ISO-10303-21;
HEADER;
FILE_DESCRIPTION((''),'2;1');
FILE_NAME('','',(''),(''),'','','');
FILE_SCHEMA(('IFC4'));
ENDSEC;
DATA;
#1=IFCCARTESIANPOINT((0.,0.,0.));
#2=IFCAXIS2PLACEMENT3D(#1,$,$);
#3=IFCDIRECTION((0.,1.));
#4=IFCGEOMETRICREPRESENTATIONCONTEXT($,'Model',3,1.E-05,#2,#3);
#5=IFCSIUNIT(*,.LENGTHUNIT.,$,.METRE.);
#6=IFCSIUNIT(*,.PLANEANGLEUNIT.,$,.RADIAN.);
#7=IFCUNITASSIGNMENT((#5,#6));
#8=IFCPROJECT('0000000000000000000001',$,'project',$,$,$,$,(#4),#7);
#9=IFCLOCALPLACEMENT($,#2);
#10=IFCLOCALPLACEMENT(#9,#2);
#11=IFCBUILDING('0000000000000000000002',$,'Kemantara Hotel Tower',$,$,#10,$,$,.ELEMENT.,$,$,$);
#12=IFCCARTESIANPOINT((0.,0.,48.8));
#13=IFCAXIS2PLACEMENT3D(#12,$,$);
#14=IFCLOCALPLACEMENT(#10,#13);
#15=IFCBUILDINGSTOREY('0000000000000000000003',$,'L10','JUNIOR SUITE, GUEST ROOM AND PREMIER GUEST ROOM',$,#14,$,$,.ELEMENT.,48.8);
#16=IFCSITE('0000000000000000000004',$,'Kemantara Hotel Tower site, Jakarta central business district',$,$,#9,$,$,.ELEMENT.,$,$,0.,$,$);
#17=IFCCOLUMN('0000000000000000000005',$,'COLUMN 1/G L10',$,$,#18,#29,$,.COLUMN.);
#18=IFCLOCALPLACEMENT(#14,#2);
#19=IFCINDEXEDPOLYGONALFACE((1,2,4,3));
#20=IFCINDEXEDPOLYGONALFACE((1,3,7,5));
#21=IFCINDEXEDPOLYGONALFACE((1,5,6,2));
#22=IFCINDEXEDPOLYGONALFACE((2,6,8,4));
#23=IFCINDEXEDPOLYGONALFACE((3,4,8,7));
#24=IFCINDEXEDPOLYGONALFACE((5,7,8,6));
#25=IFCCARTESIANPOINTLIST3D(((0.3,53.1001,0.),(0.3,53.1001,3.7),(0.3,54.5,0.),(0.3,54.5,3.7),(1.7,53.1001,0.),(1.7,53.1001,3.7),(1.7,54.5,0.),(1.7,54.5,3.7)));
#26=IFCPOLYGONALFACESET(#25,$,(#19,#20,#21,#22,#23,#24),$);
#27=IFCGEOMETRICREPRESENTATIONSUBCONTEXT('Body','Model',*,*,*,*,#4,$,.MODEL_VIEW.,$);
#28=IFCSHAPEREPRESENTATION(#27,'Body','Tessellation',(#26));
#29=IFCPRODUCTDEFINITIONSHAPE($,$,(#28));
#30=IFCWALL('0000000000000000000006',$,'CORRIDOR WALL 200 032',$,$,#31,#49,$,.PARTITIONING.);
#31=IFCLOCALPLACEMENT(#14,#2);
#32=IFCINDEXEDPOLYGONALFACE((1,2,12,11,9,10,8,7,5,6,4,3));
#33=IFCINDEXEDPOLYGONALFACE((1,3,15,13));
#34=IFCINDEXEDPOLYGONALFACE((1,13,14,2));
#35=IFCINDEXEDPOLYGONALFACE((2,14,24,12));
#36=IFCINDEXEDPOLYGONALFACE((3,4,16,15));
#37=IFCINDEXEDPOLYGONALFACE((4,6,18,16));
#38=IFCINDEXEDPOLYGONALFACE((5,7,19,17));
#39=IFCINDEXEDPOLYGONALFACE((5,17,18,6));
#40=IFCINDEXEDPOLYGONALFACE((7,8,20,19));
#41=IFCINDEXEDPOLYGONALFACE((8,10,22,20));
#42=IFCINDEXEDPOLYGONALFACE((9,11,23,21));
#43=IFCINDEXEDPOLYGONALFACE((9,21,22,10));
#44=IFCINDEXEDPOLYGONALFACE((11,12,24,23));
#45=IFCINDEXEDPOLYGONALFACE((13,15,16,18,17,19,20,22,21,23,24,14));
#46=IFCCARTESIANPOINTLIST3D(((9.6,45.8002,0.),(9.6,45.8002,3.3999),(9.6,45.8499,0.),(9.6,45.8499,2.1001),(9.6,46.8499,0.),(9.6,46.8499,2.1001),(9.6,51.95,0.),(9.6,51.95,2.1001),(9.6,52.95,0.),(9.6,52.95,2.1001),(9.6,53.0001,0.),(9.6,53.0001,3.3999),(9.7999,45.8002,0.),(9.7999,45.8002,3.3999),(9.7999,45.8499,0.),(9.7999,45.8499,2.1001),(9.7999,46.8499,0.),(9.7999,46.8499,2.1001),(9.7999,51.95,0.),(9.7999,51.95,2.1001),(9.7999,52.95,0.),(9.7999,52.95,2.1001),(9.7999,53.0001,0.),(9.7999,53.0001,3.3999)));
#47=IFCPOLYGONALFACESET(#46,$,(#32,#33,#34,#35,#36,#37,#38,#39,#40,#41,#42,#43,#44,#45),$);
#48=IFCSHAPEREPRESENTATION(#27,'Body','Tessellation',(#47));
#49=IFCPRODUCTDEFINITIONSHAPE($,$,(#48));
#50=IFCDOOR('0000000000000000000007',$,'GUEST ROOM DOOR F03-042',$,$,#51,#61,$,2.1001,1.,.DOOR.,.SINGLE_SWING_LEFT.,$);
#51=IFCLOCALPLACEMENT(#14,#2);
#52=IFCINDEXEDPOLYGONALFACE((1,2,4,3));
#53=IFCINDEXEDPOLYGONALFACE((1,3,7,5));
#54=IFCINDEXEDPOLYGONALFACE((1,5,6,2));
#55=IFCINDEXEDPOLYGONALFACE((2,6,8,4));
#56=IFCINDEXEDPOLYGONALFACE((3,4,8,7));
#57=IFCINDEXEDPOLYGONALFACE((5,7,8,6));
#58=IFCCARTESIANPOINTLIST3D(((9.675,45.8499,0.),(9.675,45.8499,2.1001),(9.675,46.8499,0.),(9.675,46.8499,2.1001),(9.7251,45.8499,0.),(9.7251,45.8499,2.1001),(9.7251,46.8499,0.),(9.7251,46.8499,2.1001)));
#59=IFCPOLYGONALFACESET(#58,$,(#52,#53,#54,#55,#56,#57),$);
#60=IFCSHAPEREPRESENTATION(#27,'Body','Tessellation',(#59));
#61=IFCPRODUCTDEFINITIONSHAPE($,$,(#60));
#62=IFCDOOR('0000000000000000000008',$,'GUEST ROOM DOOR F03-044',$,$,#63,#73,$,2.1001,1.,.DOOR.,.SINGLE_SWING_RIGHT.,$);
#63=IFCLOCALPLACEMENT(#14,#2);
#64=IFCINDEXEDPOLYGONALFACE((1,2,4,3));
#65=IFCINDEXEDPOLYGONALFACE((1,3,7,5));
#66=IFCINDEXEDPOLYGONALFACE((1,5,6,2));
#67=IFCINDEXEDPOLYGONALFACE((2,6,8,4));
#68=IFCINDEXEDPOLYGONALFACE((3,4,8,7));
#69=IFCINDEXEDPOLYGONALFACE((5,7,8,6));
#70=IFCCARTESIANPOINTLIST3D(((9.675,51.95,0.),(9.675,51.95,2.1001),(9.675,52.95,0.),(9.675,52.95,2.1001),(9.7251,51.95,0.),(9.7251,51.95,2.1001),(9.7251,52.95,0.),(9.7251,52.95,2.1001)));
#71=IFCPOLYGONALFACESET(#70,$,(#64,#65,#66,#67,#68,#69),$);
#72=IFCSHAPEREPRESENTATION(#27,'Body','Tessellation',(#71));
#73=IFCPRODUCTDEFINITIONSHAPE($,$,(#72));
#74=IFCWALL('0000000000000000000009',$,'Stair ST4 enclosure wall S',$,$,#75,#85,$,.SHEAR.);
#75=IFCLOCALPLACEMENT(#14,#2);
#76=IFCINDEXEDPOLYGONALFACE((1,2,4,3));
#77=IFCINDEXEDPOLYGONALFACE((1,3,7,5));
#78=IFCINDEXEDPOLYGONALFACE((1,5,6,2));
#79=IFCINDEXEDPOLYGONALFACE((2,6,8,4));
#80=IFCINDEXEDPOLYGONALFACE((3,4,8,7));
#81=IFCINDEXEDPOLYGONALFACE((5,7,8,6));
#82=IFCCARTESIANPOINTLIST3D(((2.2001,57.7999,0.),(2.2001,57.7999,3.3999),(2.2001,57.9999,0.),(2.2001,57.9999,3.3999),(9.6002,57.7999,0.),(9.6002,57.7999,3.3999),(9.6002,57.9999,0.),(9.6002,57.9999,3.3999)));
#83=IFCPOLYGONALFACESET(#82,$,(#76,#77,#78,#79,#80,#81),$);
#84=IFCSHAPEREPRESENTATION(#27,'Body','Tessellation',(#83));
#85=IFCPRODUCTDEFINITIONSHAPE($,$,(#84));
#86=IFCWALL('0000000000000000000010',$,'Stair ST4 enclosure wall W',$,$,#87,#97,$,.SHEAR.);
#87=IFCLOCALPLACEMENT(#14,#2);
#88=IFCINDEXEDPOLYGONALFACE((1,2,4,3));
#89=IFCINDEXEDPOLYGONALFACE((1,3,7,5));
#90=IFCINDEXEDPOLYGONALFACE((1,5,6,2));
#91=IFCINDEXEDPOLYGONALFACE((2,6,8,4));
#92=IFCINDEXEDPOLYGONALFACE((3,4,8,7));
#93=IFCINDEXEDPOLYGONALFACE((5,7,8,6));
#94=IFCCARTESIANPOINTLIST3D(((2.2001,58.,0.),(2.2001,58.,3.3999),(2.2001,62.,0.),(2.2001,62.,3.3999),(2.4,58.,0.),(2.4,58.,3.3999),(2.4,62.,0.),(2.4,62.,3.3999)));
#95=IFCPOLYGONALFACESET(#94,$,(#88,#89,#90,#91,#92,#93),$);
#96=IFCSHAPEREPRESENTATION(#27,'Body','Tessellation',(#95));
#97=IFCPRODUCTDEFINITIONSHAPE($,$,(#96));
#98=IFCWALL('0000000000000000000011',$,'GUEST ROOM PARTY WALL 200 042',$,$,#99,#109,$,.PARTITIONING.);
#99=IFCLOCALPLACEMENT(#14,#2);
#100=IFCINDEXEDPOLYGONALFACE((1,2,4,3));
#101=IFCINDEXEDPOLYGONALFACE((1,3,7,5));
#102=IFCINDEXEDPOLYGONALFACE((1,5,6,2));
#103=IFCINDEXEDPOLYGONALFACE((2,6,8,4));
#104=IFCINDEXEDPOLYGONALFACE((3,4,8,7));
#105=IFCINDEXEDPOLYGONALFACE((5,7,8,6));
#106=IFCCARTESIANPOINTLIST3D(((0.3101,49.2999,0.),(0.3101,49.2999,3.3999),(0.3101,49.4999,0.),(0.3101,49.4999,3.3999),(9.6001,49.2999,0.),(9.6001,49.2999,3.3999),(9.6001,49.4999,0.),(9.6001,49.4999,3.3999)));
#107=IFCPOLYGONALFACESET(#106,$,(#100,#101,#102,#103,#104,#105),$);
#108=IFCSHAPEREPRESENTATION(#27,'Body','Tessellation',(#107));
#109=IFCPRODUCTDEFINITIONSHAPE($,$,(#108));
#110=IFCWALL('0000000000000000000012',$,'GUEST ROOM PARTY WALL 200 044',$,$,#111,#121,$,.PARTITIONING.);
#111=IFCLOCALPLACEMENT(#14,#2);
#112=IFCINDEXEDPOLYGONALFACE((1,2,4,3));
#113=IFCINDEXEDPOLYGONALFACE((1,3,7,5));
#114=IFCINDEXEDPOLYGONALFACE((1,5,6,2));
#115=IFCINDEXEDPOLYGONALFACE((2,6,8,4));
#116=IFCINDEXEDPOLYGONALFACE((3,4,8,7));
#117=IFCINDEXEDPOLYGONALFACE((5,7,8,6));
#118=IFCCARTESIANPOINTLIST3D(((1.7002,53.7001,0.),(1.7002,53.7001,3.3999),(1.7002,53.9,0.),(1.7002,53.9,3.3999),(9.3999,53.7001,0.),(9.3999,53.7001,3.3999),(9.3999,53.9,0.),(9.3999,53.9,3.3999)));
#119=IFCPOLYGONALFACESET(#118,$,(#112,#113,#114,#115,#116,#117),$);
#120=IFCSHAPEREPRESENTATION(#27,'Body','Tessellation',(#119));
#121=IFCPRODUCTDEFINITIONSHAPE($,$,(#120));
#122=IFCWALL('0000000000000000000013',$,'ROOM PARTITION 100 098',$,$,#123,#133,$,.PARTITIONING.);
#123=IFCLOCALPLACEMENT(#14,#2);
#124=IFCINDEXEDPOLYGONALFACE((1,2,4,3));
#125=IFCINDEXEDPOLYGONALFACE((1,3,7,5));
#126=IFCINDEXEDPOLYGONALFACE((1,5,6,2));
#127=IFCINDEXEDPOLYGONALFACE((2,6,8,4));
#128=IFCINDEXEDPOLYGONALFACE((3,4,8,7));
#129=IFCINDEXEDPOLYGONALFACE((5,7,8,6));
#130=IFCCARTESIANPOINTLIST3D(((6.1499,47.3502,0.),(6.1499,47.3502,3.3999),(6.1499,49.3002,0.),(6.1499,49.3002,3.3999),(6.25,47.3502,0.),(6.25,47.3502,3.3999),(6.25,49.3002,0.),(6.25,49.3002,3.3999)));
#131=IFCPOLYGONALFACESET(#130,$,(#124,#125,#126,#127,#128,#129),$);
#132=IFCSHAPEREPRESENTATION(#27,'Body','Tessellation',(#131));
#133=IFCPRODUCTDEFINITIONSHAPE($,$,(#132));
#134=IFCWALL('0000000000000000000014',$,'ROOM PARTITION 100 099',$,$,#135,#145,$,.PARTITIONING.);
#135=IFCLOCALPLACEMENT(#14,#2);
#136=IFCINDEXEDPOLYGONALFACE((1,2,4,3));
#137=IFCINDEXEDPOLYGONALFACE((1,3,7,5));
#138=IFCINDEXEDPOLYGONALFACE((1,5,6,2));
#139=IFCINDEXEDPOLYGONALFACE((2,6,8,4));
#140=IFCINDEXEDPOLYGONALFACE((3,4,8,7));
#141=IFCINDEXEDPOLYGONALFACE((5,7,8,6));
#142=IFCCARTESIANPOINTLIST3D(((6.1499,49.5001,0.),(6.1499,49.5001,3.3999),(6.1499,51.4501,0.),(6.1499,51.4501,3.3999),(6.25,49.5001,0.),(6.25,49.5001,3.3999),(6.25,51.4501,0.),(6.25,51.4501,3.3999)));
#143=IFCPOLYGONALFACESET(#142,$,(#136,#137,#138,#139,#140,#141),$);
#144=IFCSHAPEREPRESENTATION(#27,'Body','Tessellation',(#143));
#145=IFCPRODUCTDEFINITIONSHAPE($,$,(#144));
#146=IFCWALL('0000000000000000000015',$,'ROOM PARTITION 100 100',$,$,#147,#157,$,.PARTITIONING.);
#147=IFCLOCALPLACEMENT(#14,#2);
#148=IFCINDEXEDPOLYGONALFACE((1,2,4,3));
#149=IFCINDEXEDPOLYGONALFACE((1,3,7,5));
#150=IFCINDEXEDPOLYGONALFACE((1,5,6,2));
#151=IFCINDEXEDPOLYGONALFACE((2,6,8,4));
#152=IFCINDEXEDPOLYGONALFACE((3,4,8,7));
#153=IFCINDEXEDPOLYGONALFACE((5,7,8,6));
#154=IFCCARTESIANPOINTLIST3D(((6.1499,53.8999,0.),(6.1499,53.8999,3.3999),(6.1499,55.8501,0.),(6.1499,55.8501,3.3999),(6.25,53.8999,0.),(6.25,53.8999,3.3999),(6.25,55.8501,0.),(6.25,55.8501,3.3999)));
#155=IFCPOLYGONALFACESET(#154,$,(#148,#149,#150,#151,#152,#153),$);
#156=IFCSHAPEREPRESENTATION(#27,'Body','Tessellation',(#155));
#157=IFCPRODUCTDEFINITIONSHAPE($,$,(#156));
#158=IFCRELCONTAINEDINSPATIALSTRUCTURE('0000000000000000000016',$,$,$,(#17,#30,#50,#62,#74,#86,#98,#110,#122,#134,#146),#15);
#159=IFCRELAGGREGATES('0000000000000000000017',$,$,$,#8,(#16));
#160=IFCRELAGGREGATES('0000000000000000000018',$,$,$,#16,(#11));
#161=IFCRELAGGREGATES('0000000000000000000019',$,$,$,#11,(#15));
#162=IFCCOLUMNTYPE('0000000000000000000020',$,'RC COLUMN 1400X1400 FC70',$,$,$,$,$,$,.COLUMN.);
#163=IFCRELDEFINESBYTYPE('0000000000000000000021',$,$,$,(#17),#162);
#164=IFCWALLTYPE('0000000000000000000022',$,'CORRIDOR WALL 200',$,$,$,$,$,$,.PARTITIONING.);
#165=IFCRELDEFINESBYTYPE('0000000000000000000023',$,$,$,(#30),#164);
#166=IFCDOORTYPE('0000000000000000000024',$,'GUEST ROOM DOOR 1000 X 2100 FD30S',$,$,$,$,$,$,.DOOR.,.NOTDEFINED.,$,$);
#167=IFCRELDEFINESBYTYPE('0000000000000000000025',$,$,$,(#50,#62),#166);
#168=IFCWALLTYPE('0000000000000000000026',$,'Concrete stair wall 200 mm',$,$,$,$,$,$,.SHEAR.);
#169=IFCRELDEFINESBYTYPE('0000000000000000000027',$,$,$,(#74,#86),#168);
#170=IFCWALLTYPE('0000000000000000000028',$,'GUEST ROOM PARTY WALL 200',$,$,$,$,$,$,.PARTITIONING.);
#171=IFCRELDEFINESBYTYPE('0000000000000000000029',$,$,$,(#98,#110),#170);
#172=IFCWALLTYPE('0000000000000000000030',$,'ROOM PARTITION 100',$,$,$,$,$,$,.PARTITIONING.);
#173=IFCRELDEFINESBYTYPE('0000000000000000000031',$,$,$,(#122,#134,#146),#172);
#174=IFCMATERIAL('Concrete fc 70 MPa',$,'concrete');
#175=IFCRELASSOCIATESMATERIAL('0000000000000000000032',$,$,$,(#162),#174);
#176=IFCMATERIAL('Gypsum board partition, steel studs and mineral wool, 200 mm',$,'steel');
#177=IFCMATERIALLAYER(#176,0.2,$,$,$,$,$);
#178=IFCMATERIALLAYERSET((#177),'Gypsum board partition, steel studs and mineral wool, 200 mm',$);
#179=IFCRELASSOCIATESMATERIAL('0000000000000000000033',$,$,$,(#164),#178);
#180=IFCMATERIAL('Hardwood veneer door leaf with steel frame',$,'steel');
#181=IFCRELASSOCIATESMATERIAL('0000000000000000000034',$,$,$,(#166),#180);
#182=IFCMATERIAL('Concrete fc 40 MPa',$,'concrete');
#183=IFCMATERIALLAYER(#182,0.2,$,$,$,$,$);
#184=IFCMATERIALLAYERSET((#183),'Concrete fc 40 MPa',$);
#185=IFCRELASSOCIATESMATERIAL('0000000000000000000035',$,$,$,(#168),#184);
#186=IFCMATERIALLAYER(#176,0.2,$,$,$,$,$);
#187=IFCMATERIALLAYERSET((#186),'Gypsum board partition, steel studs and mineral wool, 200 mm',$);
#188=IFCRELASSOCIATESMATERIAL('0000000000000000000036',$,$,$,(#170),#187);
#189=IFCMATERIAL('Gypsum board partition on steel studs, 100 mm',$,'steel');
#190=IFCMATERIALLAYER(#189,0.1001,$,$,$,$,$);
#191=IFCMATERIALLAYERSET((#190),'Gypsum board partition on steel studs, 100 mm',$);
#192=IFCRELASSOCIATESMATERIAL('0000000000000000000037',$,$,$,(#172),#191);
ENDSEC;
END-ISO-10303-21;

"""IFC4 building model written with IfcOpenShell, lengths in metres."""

from ifc_helpers import new_model, si_unit, direction, frame, frame_2d, origin, origin_2d, place, context, subcontext, project, spatial, rectangle, extrude, material, layer, layer_set, material_profile, profile_set, type_object, element, fill, save


model = new_model("IFC4")

# Units and contexts
model_context = context("Model", 3, precision=1e-05, world=origin(), true_north=direction((0.0, 1.0)))
body_context = subcontext(model_context, "Body", "Model", "MODEL_VIEW")
ifc_project = project(units=[si_unit("LENGTHUNIT", "METRE"), si_unit("PLANEANGLEUNIT", "RADIAN")], contexts=[model_context])

# Site, building, storey
site_placement = place(None, origin())
site = spatial("IfcSite", under=ifc_project, at=site_placement, Name="Kemantara Hotel Tower site, Jakarta central business district", CompositionType="ELEMENT", RefElevation=0.0)
building_placement = place(site_placement, origin())
building = spatial("IfcBuilding", under=site, at=building_placement, Name="Kemantara Hotel Tower", CompositionType="ELEMENT")
storey_placement = place(building_placement, frame((0.0, 0.0, 48.8)))
storey = spatial("IfcBuildingStorey", under=building, at=storey_placement, Name="L10", Description="JUNIOR SUITE, GUEST ROOM AND PREMIER GUEST ROOM", CompositionType="ELEMENT", Elevation=48.8)

# Column
ifc_material_1 = material(Name="Concrete fc 70 MPa", Category="concrete")
ifc_material_profile = material_profile(ifc_material_1, rectangle(XDim=1.3999, YDim=1.3999, at=origin_2d()), Name="RC 1400X1400")
ifc_profile_set = profile_set([ifc_material_profile], Name="Concrete fc 70 MPa")
column_type = type_object("IfcColumnType", Name="RC COLUMN 1400X1400 FC70", PredefinedType="COLUMN", material=ifc_profile_set)
column_placement = place(storey_placement, frame((1.0, 53.8, 0.0), z_axis=(0.0, 0.0, 1.0), x_axis=(1.0, 0.0, 0.0)))
element("IfcColumn", 1, at=column_placement, inside=storey, type_object=column_type, Name="COLUMN 1/G L10", PredefinedType="COLUMN", context=body_context, shape_type="SweptSolid", body=[
    extrude(rectangle(XDim=1.3999, YDim=1.3999, at=origin_2d()), origin(), (0.0, 0.0, 1.0), 3.7),
])

# Wall, openings, doors
ifc_material_2 = material(Name="Gypsum board partition, steel studs and mineral wool, 200 mm", Category="steel")
ifc_layer_1 = layer(ifc_material_2, 0.2)
ifc_layer_set_1 = layer_set([ifc_layer_1], Name="Gypsum board partition, steel studs and mineral wool, 200 mm")
wall_type_1 = type_object("IfcWallType", Name="CORRIDOR WALL 200", PredefinedType="PARTITIONING", material=ifc_layer_set_1)
wall_1_placement = place(storey_placement, frame((9.7, 45.8, 0.0), z_axis=(0.0, 0.0, 1.0), x_axis=(0.0, 1.0, 0.0)))
wall_1 = element("IfcWall", 2, at=wall_1_placement, inside=storey, type_object=wall_type_1, Name="CORRIDOR WALL 200 032", PredefinedType="PARTITIONING", context=body_context, shape_type="SweptSolid", body=[
    extrude(rectangle(XDim=7.2, YDim=0.2, at=frame_2d((3.6001, 0.0))), origin(), (0.0, 0.0, 1.0), 3.3999),
])
opening_1_placement = place(wall_1_placement, frame((0.0498, 0.0, 0.0)))
opening_1 = element("IfcOpeningElement", 3, at=opening_1_placement, cuts=wall_1, PredefinedType="OPENING", context=body_context, shape_type="SweptSolid", body=[
    extrude(rectangle(XDim=1.0, YDim=2.1001, at=frame_2d((0.5, 1.05))), frame((0.0, 0.1099, 0.0), z_axis=(0.0, -1.0, 0.0), x_axis=(1.0, 0.0, 0.0)), (0.0, 0.0, 1.0), 0.22),
])
opening_2_placement = place(wall_1_placement, frame((6.1499, 0.0, 0.0)))
opening_2 = element("IfcOpeningElement", 4, at=opening_2_placement, cuts=wall_1, PredefinedType="OPENING", context=body_context, shape_type="SweptSolid", body=[
    extrude(rectangle(XDim=1.0, YDim=2.1001, at=frame_2d((0.5, 1.05))), frame((0.0, 0.1099, 0.0), z_axis=(0.0, -1.0, 0.0), x_axis=(1.0, 0.0, 0.0)), (0.0, 0.0, 1.0), 0.22),
])
ifc_material_3 = material(Name="Hardwood veneer door leaf with steel frame", Category="steel")
door_type_1 = type_object("IfcDoorType", Name="GUEST ROOM DOOR 1000 X 2100 FD30S", OperationType="NOTDEFINED", PredefinedType="DOOR", material=ifc_material_3)
door_1_placement = place(opening_1_placement, origin())
door_1 = element("IfcDoor", 5, at=door_1_placement, inside=storey, type_object=door_type_1, Name="GUEST ROOM DOOR F03-042", OperationType="SINGLE_SWING_LEFT", OverallHeight=2.1001, OverallWidth=1.0, PredefinedType="DOOR", context=body_context, shape_type="SweptSolid", body=[
    extrude(rectangle(XDim=1.0, YDim=2.1001, at=frame_2d((0.5, 1.05))), frame((0.0, 0.0249, 0.0), z_axis=(0.0, -1.0, 0.0), x_axis=(1.0, 0.0, 0.0)), (0.0, 0.0, 1.0), 0.05),
])
fill(opening_1, door_1)
door_2_placement = place(opening_2_placement, origin())
door_2 = element("IfcDoor", 6, at=door_2_placement, inside=storey, type_object=door_type_1, Name="GUEST ROOM DOOR F03-044", OperationType="SINGLE_SWING_RIGHT", OverallHeight=2.1001, OverallWidth=1.0, PredefinedType="DOOR", context=body_context, shape_type="SweptSolid", body=[
    extrude(rectangle(XDim=1.0, YDim=2.1001, at=frame_2d((0.5, 1.05))), frame((0.0, 0.0249, 0.0), z_axis=(0.0, -1.0, 0.0), x_axis=(1.0, 0.0, 0.0)), (0.0, 0.0, 1.0), 0.05),
])
fill(opening_2, door_2)

# Walls
ifc_material_4 = material(Name="Concrete fc 40 MPa", Category="concrete")
ifc_layer_2 = layer(ifc_material_4, 0.2)
ifc_layer_set_2 = layer_set([ifc_layer_2], Name="Concrete fc 40 MPa")
wall_type_2 = type_object("IfcWallType", Name="Concrete stair wall 200 mm", PredefinedType="SHEAR", material=ifc_layer_set_2)
wall_2_placement = place(storey_placement, frame((2.2, 57.8999, 0.0), z_axis=(0.0, 0.0, 1.0), x_axis=(1.0, 0.0, 0.0)))
element("IfcWall", 7, at=wall_2_placement, inside=storey, type_object=wall_type_2, Name="Stair ST4 enclosure wall S", PredefinedType="SHEAR", context=body_context, shape_type="SweptSolid", body=[
    extrude(rectangle(XDim=7.4001, YDim=0.2, at=frame_2d((3.7002, 0.0))), origin(), (0.0, 0.0, 1.0), 3.3999),
])
wall_3_placement = place(storey_placement, frame((2.3, 58.0, 0.0), z_axis=(0.0, 0.0, 1.0), x_axis=(0.0, 1.0, 0.0)))
element("IfcWall", 8, at=wall_3_placement, inside=storey, type_object=wall_type_2, Name="Stair ST4 enclosure wall W", PredefinedType="SHEAR", context=body_context, shape_type="SweptSolid", body=[
    extrude(rectangle(XDim=4.0, YDim=0.2, at=frame_2d((2.0, 0.0))), origin(), (0.0, 0.0, 1.0), 3.3999),
])
ifc_layer_3 = layer(ifc_material_2, 0.2)
ifc_layer_set_3 = layer_set([ifc_layer_3], Name="Gypsum board partition, steel studs and mineral wool, 200 mm")
wall_type_3 = type_object("IfcWallType", Name="GUEST ROOM PARTY WALL 200", PredefinedType="PARTITIONING", material=ifc_layer_set_3)
wall_4_placement = place(storey_placement, frame((0.3101, 49.3999, 0.0), z_axis=(0.0, 0.0, 1.0), x_axis=(1.0, 0.0, 0.0)))
element("IfcWall", 9, at=wall_4_placement, inside=storey, type_object=wall_type_3, Name="GUEST ROOM PARTY WALL 200 042", PredefinedType="PARTITIONING", context=body_context, shape_type="SweptSolid", body=[
    extrude(rectangle(XDim=9.29, YDim=0.2, at=frame_2d((4.645, 0.0))), origin(), (0.0, 0.0, 1.0), 3.3999),
])
wall_5_placement = place(storey_placement, frame((1.7002, 53.8, 0.0), z_axis=(0.0, 0.0, 1.0), x_axis=(1.0, 0.0, 0.0)))
element("IfcWall", 10, at=wall_5_placement, inside=storey, type_object=wall_type_3, Name="GUEST ROOM PARTY WALL 200 044", PredefinedType="PARTITIONING", context=body_context, shape_type="SweptSolid", body=[
    extrude(rectangle(XDim=7.6997, YDim=0.2, at=frame_2d((3.8499, 0.0))), origin(), (0.0, 0.0, 1.0), 3.3999),
])
ifc_material_5 = material(Name="Gypsum board partition on steel studs, 100 mm", Category="steel")
ifc_layer_4 = layer(ifc_material_5, 0.1001)
ifc_layer_set_4 = layer_set([ifc_layer_4], Name="Gypsum board partition on steel studs, 100 mm")
wall_type_4 = type_object("IfcWallType", Name="ROOM PARTITION 100", PredefinedType="PARTITIONING", material=ifc_layer_set_4)
for number, where, z_axis, x_axis, name in (
    (11, (6.2, 47.3501, 0.0), (0.0, 0.0, 1.0), (0.0, 1.0, 0.0), "ROOM PARTITION 100 098"),
    (12, (6.2, 49.5, 0.0), (0.0, 0.0, 1.0), (0.0, 1.0, 0.0), "ROOM PARTITION 100 099"),
):
    element("IfcWall", number, at=place(storey_placement, frame(where, z_axis=z_axis, x_axis=x_axis)), inside=storey, type_object=wall_type_4, Name=name, PredefinedType="PARTITIONING", context=body_context, shape_type="SweptSolid", body=[
        extrude(rectangle(XDim=1.95, YDim=0.1001, at=frame_2d((0.9751, 0.0))), origin(), (0.0, 0.0, 1.0), 3.3999),
    ])
wall_6_placement = place(storey_placement, frame((6.2, 53.8999, 0.0), z_axis=(0.0, 0.0, 1.0), x_axis=(0.0, 1.0, 0.0)))
element("IfcWall", 13, at=wall_6_placement, inside=storey, type_object=wall_type_4, Name="ROOM PARTITION 100 100", PredefinedType="PARTITIONING", context=body_context, shape_type="SweptSolid", body=[
    extrude(rectangle(XDim=1.9502, YDim=0.1001, at=frame_2d((0.9751, 0.0))), origin(), (0.0, 0.0, 1.0), 3.3999),
])

save(model, "model.ifc")
